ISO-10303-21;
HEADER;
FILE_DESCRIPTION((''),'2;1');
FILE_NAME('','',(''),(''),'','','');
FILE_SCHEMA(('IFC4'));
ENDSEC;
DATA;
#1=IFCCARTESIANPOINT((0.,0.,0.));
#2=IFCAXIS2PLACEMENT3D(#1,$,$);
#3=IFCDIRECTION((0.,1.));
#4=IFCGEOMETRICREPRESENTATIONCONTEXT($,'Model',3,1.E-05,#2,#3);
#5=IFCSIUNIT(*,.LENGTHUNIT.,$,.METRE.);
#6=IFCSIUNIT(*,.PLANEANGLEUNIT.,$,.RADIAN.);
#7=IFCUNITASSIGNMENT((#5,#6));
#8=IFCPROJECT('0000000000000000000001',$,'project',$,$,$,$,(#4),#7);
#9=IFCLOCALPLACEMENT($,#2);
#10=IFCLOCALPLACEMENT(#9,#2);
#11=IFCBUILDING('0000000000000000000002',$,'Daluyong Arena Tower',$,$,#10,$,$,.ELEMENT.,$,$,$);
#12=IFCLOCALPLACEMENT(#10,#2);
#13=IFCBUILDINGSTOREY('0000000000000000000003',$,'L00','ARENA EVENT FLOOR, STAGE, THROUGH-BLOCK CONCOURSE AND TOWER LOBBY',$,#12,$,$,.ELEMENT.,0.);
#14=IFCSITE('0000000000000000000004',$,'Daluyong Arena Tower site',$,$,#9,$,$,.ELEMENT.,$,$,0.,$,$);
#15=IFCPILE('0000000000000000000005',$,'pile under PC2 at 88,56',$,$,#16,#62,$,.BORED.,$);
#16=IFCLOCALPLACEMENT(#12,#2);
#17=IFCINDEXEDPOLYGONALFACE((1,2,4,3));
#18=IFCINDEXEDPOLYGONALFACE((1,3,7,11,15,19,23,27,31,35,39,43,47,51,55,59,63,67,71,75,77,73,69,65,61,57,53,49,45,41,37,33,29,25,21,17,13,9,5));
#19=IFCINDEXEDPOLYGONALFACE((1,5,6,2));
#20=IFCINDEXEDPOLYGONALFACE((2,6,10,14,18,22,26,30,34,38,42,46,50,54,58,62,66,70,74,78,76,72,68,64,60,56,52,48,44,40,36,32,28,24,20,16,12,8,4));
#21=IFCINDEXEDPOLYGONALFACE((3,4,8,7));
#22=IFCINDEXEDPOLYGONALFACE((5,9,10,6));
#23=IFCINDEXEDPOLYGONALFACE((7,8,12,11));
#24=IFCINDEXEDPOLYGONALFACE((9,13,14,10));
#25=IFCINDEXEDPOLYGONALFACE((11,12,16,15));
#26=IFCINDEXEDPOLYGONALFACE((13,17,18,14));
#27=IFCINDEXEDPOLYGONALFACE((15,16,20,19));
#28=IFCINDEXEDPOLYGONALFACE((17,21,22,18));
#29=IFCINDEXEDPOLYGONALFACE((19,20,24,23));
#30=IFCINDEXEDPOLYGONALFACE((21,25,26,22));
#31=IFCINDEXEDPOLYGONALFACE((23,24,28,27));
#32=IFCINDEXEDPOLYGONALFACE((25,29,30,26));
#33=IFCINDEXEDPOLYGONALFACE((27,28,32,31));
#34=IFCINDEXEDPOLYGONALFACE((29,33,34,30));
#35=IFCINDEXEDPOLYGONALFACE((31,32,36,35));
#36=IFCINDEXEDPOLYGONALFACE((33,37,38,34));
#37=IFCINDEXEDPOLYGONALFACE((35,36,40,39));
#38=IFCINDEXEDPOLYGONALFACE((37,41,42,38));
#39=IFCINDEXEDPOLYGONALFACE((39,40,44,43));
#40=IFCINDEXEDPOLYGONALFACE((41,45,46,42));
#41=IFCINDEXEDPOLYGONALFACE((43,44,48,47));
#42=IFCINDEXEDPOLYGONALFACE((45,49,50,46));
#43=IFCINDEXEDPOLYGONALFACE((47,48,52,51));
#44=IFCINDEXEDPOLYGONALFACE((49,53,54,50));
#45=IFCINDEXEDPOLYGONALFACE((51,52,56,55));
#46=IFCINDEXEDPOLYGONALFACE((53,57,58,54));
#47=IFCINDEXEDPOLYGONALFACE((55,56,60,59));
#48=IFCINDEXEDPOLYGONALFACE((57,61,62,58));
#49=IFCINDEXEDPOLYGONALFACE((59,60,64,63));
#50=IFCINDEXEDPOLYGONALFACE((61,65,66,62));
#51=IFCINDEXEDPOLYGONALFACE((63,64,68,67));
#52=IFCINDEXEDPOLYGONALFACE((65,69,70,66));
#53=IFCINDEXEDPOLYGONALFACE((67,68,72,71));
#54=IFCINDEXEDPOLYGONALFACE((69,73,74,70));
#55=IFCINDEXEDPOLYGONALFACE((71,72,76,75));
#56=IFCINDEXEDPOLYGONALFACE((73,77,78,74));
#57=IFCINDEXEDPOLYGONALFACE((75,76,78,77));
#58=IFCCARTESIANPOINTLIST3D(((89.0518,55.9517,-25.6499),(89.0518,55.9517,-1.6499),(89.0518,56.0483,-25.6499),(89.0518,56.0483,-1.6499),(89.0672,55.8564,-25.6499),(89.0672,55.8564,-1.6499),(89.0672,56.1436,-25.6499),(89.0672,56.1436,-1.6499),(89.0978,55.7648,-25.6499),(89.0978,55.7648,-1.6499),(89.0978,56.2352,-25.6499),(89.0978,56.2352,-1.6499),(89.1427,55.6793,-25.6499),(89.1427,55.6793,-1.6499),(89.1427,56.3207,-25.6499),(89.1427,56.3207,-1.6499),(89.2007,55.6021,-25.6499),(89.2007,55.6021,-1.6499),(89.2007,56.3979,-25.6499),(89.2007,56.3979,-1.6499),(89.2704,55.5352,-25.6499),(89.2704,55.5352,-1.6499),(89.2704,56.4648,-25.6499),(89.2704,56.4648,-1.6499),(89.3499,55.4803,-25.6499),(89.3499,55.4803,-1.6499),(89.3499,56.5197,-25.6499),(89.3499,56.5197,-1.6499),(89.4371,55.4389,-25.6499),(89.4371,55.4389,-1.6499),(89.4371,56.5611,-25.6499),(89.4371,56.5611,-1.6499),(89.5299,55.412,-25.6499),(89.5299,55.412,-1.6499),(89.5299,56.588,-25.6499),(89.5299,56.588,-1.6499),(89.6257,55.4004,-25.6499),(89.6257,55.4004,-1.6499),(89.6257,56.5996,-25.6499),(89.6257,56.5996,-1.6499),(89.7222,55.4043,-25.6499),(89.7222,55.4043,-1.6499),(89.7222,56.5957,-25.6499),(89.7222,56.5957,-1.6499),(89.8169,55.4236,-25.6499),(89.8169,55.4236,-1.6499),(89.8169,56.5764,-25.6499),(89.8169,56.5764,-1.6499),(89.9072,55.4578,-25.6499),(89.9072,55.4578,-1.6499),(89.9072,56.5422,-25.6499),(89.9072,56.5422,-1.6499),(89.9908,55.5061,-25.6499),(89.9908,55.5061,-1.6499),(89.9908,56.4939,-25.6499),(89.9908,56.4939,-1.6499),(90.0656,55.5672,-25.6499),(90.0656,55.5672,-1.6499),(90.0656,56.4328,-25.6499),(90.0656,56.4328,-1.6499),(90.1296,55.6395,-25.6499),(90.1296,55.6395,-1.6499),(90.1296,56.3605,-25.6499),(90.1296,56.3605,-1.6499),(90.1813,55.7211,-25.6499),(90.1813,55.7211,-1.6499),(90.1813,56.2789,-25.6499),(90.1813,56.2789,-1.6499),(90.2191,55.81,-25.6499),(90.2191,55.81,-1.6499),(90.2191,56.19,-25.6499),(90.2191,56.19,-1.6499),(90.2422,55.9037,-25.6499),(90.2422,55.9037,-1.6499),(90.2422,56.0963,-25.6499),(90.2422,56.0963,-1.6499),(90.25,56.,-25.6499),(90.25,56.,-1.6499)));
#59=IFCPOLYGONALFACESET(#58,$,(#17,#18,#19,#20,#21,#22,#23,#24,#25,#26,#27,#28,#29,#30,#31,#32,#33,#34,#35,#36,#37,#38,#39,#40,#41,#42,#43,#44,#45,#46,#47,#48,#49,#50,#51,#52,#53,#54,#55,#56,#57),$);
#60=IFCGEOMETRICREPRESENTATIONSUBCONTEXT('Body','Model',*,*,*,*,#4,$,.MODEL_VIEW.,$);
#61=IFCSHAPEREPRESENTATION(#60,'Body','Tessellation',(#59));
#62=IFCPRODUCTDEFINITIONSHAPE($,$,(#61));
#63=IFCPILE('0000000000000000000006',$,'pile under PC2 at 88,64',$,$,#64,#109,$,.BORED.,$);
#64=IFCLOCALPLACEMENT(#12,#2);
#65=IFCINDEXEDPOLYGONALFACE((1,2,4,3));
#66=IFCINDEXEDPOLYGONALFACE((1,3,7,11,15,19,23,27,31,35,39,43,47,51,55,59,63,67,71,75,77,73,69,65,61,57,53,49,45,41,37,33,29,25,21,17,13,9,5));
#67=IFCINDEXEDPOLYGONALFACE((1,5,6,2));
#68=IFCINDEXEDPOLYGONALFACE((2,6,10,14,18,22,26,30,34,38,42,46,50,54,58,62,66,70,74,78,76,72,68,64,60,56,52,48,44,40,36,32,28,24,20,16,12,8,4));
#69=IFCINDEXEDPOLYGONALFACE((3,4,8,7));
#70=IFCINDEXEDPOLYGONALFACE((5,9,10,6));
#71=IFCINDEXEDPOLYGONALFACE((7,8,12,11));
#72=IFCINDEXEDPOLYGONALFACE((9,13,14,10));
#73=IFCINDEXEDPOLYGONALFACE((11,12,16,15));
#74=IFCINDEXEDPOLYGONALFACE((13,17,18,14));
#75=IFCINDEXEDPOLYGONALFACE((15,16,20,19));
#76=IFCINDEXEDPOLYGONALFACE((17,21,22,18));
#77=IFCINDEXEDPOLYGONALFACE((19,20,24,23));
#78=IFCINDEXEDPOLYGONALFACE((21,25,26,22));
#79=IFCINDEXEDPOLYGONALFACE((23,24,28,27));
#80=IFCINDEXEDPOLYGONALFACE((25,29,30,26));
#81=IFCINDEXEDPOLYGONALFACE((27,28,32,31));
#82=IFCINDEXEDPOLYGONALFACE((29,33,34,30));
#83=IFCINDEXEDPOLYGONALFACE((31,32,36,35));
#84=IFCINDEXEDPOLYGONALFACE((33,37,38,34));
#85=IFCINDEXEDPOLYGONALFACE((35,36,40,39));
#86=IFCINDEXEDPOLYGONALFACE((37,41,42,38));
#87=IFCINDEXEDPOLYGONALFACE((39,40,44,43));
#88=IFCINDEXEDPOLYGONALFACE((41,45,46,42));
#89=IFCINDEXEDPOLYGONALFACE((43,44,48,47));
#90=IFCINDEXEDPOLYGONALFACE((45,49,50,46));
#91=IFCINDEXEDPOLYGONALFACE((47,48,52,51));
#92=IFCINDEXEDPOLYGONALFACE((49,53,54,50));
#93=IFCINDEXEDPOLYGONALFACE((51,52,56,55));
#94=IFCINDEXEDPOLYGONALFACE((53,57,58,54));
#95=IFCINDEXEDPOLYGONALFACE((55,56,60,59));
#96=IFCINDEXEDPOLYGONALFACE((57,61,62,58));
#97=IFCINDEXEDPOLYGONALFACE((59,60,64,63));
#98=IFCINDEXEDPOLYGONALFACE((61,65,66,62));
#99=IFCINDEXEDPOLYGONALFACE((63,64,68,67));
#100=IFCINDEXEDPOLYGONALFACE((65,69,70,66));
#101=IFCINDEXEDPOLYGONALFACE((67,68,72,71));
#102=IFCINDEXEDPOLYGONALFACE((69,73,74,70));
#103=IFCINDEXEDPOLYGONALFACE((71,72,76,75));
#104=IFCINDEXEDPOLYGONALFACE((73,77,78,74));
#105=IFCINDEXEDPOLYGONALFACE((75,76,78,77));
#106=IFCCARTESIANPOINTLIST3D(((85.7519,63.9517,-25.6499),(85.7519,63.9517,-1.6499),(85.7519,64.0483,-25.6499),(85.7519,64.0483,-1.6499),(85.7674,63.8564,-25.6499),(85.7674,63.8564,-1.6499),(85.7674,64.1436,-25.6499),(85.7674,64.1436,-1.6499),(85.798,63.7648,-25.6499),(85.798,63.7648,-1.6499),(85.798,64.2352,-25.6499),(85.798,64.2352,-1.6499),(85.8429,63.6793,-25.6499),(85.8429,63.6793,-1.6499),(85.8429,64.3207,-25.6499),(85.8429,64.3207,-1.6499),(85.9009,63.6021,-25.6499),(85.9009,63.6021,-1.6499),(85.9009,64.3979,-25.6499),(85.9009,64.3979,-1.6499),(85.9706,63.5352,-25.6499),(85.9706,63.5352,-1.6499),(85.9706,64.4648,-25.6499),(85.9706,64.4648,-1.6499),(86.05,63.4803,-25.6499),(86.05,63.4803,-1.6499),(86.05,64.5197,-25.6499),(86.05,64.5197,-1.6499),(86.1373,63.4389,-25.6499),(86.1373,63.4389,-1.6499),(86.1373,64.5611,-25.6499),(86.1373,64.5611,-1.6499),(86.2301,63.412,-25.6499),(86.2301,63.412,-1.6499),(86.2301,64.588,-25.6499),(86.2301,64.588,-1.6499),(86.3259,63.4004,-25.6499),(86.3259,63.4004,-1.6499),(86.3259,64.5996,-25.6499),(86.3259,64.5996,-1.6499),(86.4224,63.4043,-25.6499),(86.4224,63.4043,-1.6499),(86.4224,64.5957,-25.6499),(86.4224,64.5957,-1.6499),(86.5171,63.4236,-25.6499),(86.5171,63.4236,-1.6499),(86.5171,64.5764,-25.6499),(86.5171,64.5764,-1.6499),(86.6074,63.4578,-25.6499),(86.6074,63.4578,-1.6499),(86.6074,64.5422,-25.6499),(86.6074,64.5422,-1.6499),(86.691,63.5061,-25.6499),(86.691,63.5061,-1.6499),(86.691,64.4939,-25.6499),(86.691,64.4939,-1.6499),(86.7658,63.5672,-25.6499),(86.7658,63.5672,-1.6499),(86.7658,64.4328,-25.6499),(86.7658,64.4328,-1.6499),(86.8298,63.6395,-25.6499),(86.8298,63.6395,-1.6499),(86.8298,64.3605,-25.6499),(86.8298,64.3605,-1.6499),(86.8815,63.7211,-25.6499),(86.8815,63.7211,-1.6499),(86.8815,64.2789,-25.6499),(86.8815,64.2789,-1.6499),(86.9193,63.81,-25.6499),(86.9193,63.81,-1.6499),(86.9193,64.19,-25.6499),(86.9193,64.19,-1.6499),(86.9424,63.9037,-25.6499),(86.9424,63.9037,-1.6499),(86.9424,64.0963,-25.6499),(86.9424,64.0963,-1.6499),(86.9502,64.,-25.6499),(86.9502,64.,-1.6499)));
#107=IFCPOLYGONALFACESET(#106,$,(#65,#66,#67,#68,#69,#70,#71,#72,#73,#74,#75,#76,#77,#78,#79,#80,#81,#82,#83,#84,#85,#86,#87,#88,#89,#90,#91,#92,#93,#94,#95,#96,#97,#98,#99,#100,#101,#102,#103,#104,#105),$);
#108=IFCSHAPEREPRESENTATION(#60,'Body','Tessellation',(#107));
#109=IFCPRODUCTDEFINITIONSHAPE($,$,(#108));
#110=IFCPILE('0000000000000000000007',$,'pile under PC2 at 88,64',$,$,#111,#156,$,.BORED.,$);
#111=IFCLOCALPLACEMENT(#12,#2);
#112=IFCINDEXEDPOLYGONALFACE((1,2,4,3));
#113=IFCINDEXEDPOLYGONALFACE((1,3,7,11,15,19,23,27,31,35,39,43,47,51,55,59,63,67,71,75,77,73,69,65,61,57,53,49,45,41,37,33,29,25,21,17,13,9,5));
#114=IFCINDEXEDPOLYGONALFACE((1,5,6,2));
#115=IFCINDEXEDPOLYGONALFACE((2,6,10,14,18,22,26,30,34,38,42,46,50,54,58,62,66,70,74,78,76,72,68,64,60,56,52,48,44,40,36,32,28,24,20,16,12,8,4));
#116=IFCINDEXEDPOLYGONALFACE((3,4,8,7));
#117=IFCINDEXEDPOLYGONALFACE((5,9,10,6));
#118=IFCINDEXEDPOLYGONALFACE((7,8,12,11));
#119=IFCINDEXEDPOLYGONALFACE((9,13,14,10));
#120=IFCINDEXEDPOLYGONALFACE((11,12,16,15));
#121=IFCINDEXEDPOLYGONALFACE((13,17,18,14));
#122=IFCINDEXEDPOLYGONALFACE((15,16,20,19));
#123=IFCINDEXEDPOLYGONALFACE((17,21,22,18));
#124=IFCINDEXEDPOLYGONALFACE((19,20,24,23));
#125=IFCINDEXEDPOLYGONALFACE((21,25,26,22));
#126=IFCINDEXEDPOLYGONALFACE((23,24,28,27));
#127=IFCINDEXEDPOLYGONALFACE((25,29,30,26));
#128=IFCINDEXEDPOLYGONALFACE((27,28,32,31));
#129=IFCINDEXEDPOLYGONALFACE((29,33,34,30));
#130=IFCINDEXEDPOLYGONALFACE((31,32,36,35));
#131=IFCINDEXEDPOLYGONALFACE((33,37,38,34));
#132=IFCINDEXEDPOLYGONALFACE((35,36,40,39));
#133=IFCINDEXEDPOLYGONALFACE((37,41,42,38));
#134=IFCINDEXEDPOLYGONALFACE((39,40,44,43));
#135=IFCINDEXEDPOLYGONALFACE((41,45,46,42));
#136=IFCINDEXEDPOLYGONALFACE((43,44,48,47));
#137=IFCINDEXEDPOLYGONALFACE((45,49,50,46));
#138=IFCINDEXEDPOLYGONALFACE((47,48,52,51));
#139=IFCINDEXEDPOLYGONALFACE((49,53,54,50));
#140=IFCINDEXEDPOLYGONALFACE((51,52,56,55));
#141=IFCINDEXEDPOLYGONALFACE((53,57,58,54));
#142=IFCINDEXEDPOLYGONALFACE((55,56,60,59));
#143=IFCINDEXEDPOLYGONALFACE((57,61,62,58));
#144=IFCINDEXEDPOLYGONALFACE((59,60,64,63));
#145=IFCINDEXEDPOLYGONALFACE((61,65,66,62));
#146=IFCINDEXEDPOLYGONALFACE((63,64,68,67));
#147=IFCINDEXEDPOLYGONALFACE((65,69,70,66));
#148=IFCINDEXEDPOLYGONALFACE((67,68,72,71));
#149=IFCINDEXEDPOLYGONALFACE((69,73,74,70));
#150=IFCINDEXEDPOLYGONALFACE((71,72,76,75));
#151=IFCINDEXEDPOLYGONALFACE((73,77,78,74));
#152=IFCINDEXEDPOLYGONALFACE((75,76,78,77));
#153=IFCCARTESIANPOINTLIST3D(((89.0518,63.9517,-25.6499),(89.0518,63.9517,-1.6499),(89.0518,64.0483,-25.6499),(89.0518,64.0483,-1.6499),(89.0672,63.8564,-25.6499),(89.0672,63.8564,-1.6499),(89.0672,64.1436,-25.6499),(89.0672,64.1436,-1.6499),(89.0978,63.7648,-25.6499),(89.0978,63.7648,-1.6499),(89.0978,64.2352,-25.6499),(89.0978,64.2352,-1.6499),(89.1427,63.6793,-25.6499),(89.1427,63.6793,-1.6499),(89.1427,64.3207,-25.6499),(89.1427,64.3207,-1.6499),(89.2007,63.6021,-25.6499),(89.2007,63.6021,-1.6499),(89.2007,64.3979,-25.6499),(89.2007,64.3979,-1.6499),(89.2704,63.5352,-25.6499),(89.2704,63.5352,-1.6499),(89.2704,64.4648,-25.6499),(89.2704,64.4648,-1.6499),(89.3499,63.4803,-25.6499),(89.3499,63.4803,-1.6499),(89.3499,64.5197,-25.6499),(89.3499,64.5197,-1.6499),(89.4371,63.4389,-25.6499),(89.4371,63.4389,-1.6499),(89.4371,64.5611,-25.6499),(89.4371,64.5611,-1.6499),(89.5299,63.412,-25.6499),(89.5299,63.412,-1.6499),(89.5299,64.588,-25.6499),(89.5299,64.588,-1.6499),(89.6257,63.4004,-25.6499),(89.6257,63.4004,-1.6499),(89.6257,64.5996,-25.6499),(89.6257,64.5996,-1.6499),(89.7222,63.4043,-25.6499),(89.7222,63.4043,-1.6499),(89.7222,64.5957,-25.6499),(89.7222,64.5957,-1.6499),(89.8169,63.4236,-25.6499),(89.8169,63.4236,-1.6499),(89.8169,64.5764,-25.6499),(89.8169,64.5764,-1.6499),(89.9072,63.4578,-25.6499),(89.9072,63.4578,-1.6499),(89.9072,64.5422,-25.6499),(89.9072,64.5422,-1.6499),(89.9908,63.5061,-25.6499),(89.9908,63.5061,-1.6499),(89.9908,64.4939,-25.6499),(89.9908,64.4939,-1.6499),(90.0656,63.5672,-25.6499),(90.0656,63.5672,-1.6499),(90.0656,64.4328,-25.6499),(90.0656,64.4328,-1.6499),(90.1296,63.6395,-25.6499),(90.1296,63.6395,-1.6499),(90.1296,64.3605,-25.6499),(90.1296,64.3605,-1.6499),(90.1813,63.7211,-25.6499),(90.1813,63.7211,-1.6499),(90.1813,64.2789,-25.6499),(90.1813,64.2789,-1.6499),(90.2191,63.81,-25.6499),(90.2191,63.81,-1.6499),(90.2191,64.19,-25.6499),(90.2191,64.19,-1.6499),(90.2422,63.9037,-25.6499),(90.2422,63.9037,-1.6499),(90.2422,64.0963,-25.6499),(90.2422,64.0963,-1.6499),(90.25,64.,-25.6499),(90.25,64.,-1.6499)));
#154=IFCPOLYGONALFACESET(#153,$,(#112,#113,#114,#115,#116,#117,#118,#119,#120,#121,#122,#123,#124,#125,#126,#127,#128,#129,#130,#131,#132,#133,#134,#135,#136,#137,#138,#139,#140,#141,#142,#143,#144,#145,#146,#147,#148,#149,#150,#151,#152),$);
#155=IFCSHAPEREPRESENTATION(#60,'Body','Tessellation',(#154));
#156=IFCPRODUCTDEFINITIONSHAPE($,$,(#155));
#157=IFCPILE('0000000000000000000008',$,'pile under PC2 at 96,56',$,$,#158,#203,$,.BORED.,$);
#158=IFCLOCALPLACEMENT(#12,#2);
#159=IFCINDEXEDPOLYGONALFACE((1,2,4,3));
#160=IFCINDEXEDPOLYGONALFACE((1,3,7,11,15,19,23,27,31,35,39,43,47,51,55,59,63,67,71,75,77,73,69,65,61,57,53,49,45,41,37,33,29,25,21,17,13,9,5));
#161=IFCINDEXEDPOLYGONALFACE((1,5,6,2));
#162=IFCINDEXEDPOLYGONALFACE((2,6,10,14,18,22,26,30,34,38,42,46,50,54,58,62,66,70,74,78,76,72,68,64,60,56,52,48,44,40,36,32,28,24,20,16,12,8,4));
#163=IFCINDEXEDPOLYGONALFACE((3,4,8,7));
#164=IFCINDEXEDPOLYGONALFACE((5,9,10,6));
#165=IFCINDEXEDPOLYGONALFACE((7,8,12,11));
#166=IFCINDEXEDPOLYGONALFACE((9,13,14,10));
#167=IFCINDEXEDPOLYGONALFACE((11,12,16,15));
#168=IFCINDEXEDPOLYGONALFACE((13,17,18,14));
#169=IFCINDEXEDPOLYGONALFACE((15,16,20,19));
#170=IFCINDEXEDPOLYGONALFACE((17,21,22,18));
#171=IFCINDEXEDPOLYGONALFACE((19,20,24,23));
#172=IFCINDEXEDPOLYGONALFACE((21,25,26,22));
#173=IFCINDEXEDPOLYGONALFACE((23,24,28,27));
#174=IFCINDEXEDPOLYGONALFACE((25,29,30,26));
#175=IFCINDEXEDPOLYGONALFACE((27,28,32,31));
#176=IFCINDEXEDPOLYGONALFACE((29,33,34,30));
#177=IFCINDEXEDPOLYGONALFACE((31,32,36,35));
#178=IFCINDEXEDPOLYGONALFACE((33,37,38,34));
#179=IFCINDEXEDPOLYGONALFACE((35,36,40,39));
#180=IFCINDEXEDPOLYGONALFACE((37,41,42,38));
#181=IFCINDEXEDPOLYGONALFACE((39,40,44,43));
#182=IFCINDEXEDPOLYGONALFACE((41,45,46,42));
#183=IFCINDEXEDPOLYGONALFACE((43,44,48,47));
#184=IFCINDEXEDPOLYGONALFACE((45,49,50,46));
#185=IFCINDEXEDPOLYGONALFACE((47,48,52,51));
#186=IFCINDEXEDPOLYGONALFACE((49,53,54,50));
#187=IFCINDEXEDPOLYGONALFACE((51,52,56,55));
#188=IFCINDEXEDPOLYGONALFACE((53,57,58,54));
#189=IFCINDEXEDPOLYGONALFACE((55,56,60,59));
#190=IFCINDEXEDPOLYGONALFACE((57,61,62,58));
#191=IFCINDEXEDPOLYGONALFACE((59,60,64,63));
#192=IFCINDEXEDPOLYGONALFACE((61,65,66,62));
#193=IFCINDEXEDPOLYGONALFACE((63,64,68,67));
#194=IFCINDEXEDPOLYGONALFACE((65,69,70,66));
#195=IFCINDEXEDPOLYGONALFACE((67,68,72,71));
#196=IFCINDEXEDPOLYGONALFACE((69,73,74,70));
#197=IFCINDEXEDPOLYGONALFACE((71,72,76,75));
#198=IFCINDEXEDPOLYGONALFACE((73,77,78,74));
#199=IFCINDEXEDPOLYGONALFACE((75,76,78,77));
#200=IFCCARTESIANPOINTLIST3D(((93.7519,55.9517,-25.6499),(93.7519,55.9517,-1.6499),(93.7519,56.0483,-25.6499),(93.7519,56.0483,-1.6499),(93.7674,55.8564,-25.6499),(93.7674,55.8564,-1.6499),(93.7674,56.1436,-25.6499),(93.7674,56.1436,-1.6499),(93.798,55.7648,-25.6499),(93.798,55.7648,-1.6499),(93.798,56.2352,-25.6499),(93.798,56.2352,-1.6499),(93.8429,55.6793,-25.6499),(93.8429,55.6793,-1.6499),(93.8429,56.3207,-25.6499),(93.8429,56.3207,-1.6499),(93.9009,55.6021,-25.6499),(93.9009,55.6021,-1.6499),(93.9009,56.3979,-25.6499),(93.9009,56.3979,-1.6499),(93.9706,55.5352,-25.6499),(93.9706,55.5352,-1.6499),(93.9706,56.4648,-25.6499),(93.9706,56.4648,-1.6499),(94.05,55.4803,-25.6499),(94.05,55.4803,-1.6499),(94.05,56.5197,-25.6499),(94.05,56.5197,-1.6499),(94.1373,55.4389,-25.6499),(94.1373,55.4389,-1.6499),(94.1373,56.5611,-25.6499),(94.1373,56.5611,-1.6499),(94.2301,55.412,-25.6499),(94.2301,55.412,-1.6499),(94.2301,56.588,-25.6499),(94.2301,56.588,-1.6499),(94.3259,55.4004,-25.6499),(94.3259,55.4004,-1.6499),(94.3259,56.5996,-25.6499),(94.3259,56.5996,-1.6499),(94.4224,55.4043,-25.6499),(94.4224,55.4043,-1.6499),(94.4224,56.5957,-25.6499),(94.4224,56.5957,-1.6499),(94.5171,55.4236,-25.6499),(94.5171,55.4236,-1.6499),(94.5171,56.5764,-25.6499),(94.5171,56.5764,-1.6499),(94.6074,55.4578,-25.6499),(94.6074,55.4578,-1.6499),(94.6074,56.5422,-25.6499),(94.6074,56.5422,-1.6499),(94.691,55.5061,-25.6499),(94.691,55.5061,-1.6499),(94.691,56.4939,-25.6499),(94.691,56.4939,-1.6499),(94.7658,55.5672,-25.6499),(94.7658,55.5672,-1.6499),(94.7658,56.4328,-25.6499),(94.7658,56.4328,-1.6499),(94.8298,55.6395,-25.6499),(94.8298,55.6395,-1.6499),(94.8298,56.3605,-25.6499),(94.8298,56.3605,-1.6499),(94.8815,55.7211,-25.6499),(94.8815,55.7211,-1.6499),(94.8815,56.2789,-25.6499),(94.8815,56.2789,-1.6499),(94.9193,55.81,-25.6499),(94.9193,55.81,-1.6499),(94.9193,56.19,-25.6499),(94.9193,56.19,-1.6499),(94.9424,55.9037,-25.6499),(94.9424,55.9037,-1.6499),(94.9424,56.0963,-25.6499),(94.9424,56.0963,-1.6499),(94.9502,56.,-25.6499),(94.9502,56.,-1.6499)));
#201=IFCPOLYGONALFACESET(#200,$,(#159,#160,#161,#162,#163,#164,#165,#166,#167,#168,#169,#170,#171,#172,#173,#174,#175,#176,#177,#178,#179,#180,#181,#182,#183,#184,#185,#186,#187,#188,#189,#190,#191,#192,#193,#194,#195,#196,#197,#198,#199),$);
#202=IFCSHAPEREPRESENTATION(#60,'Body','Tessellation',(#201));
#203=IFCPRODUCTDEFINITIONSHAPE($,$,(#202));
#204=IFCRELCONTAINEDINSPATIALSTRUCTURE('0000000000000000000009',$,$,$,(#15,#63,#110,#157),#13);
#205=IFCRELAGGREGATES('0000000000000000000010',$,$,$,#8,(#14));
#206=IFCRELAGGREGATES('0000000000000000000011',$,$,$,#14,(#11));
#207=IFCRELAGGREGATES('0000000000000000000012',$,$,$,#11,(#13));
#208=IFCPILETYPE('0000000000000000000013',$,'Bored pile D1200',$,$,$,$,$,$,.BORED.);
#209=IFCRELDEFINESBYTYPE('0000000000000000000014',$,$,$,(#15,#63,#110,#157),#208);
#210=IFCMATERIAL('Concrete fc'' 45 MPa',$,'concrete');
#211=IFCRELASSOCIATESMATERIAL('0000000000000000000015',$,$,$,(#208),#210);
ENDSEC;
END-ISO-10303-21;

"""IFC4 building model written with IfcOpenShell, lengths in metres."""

from ifc_helpers import new_model, si_unit, direction, frame, origin, origin_2d, place, context, subcontext, project, spatial, circle, extrude, material, type_object, element, save


model = new_model("IFC4")

# Units and contexts
model_context = context("Model", 3, precision=1e-05, world=origin(), true_north=direction((0.0, 1.0)))
body_context = subcontext(model_context, "Body", "Model", "MODEL_VIEW")
ifc_project = project(units=[si_unit("LENGTHUNIT", "METRE"), si_unit("PLANEANGLEUNIT", "RADIAN")], contexts=[model_context])

# Site, building, storey
site_placement = place(None, origin())
site = spatial("IfcSite", under=ifc_project, at=site_placement, Name="Daluyong Arena Tower site", CompositionType="ELEMENT", RefElevation=0.0)
building_placement = place(site_placement, origin())
building = spatial("IfcBuilding", under=site, at=building_placement, Name="Daluyong Arena Tower", CompositionType="ELEMENT")
storey_placement = place(building_placement, origin())
storey = spatial("IfcBuildingStorey", under=building, at=storey_placement, Name="L00", Description="ARENA EVENT FLOOR, STAGE, THROUGH-BLOCK CONCOURSE AND TOWER LOBBY", CompositionType="ELEMENT", Elevation=0.0)

# Piles
ifc_material_1 = material(Name="Concrete fc' 45 MPa", Category="concrete")
pile_type_1 = type_object("IfcPileType", Name="Bored pile D1200", PredefinedType="BORED", material=ifc_material_1)
for number, where, z_axis, x_axis, name in (
    (1, (89.6499, 56.0, -1.6499), (0.0, 0.0, -1.0), (1.0, 0.0, 0.0), "pile under PC2 at 88,56"),
    (2, (86.3501, 64.0, -1.6499), (0.0, 0.0, -1.0), (1.0, 0.0, 0.0), "pile under PC2 at 88,64"),
    (3, (89.6499, 64.0, -1.6499), (0.0, 0.0, -1.0), (1.0, 0.0, 0.0), "pile under PC2 at 88,64"),
    (4, (94.3501, 56.0, -1.6499), (0.0, 0.0, -1.0), (1.0, 0.0, 0.0), "pile under PC2 at 96,56"),
):
    element("IfcPile", number, at=place(storey_placement, frame(where, z_axis=z_axis, x_axis=x_axis)), inside=storey, type_object=pile_type_1, Name=name, PredefinedType="BORED", context=body_context, shape_type="SweptSolid", body=[
        extrude(circle(Radius=0.6001, at=origin_2d()), origin(), (0.0, 0.0, 1.0), 24.0),
    ])

save(model, "model.ifc")
